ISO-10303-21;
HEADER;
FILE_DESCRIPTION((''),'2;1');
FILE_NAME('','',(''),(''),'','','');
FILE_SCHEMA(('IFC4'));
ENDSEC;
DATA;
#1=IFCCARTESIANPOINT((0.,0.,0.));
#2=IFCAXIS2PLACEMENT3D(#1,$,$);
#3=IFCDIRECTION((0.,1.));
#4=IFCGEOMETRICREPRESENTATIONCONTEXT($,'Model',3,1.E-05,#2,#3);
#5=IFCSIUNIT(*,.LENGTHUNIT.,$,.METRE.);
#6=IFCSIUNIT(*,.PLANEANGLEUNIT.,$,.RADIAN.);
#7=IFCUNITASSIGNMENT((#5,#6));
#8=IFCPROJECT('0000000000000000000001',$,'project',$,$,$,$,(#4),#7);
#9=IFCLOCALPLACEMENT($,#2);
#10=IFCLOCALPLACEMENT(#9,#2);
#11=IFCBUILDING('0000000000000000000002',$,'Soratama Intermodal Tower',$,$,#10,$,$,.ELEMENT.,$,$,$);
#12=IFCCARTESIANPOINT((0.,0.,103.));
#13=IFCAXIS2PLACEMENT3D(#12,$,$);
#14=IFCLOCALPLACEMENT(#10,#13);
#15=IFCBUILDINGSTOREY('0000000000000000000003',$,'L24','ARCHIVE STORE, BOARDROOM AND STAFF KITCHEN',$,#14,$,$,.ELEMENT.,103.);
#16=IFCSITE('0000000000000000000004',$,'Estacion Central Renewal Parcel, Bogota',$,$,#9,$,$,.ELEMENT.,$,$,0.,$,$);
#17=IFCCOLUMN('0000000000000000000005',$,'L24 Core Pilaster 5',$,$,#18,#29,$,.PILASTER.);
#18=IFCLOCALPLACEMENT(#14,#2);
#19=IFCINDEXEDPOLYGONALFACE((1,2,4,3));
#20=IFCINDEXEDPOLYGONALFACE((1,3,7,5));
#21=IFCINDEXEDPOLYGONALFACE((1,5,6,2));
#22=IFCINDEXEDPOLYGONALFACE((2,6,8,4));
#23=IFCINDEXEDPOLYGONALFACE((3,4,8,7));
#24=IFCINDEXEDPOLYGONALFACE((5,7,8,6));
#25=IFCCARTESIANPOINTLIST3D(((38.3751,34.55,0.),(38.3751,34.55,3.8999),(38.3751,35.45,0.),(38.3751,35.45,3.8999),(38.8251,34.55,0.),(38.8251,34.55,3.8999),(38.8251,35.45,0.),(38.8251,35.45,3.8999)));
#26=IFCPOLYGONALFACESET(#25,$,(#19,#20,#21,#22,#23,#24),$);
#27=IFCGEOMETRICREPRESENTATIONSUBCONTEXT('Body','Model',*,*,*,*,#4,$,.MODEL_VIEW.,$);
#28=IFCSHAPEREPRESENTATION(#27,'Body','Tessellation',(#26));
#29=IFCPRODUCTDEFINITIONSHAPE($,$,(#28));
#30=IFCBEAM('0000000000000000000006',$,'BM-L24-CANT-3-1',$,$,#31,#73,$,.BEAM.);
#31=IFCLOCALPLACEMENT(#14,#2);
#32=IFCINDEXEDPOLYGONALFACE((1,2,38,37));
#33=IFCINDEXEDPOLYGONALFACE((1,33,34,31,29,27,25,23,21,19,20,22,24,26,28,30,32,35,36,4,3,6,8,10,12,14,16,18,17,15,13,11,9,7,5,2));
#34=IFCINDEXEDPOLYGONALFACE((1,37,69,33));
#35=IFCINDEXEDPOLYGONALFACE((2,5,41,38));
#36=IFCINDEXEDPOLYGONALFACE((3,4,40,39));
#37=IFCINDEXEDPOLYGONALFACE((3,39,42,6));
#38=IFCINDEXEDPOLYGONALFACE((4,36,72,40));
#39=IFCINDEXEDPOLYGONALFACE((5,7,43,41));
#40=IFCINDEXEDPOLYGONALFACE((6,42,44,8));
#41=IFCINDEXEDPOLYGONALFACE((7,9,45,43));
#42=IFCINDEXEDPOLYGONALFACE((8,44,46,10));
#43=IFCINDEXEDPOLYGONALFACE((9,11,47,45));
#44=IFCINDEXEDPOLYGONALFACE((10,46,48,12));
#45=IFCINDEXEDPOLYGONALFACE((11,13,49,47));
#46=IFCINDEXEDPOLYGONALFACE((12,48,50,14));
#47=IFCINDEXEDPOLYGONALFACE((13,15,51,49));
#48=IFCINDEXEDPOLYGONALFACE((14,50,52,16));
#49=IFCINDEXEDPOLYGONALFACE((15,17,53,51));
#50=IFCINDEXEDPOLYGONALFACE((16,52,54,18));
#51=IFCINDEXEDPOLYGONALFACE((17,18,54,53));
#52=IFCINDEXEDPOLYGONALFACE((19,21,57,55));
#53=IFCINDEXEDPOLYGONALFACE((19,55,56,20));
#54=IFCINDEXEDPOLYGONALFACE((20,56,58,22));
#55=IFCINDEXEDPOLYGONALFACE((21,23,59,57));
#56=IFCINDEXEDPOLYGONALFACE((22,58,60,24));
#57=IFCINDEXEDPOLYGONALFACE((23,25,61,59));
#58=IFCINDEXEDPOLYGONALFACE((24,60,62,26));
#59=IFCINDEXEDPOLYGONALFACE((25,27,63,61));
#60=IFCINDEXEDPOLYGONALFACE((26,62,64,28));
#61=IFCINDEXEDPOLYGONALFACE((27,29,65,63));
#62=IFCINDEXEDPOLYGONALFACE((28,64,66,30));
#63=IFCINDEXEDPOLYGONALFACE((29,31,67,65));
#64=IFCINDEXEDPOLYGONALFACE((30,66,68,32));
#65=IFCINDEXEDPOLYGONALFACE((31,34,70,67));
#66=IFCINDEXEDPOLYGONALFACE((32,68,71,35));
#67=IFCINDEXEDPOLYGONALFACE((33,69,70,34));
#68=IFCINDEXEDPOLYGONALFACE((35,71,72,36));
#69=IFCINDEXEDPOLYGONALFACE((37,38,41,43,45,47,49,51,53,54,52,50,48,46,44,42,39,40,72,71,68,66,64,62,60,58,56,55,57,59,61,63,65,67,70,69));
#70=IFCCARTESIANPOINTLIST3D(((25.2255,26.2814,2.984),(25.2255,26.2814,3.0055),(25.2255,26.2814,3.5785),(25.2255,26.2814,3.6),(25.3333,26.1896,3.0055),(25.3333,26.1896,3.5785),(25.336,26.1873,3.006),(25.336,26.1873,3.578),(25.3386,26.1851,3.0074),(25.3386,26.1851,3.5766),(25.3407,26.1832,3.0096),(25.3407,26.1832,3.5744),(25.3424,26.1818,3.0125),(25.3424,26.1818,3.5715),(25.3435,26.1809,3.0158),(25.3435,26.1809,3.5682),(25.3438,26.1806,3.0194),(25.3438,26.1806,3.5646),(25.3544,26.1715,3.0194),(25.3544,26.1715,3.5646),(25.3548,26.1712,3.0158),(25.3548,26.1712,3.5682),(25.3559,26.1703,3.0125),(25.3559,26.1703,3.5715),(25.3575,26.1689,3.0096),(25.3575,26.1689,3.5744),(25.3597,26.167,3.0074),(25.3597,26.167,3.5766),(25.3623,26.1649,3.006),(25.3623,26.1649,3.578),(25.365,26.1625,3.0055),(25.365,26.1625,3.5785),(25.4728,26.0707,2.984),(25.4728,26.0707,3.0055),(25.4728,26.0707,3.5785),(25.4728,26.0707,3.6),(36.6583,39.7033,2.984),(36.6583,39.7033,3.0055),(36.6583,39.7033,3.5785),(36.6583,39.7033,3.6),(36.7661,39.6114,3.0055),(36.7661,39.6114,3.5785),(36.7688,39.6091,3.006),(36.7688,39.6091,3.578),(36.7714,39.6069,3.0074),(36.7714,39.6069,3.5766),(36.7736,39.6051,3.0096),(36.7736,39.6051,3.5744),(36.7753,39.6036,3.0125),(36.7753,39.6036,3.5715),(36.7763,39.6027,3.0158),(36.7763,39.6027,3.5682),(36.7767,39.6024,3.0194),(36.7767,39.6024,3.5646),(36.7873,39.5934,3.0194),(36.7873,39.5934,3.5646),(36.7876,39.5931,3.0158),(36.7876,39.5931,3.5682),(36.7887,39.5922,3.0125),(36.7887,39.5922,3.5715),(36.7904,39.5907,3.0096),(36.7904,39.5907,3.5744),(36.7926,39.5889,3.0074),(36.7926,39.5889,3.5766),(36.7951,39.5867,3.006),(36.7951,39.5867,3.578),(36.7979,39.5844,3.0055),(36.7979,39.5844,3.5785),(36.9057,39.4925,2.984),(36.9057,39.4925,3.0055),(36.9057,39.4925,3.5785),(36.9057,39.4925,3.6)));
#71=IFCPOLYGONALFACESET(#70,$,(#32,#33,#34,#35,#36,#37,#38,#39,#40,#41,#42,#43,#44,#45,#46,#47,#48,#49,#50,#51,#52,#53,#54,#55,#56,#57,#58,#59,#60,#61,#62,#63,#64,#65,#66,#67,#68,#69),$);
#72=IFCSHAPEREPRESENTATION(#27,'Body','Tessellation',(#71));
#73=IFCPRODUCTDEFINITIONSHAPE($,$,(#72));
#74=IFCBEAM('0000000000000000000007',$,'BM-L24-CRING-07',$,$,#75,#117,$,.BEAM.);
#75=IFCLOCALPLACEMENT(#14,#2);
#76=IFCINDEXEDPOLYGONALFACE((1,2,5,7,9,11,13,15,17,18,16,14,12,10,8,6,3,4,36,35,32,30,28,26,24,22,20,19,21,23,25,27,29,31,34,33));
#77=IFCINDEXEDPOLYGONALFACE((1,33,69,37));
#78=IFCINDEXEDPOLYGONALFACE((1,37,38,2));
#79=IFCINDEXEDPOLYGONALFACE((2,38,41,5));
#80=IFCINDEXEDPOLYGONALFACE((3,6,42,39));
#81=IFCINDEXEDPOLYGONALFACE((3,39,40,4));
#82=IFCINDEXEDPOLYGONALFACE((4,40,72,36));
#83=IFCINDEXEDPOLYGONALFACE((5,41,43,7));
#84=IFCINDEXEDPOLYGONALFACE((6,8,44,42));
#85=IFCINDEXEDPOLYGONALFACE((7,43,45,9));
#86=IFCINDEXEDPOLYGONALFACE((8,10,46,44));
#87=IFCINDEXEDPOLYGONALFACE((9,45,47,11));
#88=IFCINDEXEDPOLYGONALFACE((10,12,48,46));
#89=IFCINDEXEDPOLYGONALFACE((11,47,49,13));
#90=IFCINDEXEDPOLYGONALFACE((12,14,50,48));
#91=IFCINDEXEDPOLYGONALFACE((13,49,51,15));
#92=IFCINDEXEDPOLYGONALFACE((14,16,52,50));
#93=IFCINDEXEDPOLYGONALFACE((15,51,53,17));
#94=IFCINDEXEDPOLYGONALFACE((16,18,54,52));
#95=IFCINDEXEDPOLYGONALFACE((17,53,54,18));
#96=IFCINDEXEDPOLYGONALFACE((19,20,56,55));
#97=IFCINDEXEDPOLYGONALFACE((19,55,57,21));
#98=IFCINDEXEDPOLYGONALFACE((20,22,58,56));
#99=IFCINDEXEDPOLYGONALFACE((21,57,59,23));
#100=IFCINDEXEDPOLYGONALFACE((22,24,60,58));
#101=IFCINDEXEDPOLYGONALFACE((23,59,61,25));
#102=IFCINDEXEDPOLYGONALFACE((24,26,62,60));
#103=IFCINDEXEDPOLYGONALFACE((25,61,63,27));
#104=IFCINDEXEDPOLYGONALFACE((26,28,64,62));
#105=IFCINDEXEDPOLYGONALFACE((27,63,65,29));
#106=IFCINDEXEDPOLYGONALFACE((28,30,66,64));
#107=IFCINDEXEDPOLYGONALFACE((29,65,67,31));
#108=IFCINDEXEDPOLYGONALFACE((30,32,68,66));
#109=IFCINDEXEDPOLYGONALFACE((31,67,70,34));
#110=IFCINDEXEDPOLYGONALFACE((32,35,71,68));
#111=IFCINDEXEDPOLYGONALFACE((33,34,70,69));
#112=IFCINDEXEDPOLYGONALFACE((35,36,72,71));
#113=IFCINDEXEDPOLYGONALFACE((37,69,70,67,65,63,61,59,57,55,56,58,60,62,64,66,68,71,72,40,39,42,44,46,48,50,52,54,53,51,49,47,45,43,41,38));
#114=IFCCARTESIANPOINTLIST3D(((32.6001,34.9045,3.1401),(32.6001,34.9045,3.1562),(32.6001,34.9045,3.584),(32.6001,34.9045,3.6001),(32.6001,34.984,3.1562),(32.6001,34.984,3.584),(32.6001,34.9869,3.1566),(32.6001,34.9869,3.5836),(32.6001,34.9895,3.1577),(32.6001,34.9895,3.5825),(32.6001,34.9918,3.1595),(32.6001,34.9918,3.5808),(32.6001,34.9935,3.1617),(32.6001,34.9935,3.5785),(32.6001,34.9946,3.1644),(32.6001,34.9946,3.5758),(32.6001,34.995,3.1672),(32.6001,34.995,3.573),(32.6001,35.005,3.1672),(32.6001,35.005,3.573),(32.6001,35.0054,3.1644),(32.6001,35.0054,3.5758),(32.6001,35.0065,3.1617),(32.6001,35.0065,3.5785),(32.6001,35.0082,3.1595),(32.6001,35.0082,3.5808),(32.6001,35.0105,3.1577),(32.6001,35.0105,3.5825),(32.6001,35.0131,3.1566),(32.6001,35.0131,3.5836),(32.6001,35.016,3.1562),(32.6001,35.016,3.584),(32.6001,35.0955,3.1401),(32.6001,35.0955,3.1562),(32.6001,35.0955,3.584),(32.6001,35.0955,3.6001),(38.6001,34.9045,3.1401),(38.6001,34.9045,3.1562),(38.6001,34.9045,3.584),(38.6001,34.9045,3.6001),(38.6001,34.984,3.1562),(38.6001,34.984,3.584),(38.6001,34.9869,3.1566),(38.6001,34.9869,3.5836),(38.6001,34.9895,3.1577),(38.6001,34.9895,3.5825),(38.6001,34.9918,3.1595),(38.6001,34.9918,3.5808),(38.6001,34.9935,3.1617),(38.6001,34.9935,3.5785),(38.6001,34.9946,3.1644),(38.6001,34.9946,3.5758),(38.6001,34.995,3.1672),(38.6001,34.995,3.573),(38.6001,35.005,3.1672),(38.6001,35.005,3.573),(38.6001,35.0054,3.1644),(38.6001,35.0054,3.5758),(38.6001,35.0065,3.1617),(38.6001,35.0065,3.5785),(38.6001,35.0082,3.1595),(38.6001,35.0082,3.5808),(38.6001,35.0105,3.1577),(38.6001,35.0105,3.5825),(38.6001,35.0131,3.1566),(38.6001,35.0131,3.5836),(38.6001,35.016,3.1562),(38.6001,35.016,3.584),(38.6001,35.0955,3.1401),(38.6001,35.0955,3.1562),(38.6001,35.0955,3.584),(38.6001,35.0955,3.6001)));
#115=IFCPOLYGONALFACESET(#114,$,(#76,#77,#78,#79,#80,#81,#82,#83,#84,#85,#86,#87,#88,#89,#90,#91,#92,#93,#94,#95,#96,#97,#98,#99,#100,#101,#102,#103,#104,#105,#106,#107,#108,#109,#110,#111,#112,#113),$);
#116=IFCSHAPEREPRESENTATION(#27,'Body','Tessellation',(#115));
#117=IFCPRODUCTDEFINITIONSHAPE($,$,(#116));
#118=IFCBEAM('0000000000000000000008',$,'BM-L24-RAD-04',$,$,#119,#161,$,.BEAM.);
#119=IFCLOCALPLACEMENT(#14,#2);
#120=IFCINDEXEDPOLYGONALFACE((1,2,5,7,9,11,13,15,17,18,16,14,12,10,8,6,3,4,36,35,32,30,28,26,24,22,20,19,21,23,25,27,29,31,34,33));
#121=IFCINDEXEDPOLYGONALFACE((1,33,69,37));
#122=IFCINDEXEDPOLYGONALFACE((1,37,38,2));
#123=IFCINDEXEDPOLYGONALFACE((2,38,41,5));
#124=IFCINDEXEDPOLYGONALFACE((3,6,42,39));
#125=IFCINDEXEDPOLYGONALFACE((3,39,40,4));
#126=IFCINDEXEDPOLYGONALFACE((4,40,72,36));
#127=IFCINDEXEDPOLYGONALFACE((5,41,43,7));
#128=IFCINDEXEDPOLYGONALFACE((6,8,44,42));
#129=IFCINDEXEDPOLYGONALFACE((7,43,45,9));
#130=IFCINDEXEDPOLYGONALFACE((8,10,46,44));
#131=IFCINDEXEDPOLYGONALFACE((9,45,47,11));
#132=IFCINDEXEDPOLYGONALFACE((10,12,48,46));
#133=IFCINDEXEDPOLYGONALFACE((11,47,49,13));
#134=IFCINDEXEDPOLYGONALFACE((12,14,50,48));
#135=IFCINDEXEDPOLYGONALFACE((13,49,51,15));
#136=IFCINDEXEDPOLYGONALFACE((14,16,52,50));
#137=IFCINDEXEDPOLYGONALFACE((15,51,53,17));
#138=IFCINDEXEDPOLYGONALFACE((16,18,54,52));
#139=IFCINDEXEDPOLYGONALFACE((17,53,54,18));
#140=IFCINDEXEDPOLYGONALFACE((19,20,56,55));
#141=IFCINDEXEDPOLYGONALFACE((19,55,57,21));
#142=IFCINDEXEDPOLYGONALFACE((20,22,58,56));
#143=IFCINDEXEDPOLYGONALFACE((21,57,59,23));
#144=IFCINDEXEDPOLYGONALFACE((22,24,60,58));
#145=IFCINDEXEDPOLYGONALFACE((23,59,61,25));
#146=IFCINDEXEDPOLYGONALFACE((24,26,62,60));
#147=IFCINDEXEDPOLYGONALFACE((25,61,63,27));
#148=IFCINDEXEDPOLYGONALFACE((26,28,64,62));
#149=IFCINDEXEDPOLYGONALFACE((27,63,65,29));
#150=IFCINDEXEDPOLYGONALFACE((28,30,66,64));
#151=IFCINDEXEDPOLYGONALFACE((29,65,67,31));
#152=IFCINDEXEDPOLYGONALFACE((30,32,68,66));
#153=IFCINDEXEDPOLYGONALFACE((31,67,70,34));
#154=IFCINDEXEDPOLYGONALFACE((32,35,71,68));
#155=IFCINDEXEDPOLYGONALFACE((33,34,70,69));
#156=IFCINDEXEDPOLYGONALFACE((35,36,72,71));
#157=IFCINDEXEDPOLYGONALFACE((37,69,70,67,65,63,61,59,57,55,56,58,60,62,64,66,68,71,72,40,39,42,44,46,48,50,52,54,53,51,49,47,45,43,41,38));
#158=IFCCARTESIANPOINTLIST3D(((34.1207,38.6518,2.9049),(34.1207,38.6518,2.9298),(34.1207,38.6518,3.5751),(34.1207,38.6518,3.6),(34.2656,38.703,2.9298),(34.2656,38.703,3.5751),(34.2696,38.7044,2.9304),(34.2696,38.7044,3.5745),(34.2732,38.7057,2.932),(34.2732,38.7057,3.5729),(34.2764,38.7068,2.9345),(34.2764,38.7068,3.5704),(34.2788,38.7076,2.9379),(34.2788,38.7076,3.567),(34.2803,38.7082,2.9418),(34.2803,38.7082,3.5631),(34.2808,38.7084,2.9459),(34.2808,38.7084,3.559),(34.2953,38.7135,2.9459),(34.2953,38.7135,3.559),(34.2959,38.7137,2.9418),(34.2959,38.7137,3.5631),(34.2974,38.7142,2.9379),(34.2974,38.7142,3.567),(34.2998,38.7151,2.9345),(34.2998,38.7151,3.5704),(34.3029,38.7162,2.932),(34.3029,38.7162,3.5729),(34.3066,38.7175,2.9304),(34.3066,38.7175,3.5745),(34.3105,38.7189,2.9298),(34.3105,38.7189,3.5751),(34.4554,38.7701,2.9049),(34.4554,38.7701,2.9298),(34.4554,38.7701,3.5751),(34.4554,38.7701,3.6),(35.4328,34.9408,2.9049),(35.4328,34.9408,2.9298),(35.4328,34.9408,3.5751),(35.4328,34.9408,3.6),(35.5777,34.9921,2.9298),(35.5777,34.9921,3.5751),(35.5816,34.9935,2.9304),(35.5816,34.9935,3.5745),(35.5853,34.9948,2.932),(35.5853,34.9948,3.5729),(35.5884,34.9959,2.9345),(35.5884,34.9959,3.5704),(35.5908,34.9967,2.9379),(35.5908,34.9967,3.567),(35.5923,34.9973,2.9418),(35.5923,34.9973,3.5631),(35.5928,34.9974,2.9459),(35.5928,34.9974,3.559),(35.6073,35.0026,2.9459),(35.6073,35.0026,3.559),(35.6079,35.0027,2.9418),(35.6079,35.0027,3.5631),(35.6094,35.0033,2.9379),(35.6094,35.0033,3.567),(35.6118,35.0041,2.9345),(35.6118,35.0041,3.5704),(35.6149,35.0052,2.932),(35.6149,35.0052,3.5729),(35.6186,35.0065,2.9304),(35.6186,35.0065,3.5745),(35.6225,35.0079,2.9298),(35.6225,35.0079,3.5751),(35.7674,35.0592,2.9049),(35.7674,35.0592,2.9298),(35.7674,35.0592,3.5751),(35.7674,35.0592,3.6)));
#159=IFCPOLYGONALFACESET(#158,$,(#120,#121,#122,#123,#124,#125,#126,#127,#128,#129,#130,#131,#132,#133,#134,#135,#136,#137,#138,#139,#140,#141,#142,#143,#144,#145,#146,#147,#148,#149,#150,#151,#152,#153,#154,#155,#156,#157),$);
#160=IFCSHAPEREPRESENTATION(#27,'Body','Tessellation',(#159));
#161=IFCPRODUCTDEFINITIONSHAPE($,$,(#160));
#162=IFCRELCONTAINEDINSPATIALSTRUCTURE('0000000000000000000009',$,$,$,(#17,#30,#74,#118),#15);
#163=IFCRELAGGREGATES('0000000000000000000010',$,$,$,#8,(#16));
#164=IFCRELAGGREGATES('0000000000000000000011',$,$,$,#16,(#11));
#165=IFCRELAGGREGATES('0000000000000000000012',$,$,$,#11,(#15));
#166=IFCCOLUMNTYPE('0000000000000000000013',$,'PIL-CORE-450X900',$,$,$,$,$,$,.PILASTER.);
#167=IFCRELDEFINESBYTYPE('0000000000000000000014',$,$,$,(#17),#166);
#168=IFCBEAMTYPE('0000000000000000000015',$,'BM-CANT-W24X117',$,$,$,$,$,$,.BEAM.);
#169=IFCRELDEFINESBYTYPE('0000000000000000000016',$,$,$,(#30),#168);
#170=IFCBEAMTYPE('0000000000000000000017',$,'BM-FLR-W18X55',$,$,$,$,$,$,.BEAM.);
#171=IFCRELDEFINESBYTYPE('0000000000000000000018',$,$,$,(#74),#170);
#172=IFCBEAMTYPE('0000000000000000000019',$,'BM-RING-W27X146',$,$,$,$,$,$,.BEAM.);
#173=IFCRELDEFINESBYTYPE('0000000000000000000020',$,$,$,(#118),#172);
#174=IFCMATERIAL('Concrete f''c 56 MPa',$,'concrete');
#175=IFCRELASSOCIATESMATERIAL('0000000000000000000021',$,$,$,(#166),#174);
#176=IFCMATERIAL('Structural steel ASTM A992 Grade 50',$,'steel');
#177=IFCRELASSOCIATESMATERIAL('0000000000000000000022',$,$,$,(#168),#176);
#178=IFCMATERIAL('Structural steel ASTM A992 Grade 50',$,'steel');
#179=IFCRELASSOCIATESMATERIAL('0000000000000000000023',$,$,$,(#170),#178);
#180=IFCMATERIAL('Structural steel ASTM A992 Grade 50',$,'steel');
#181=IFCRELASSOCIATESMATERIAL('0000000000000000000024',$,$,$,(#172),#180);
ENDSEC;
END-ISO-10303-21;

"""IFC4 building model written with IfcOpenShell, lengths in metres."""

from ifc_helpers import new_model, si_unit, direction, frame, origin, origin_2d, place, context, subcontext, project, spatial, rectangle, i_section, extrude, material, material_profile, profile_set, type_object, element, save


model = new_model("IFC4")

# Units and contexts
model_context = context("Model", 3, precision=1e-05, world=origin(), true_north=direction((0.0, 1.0)))
body_context = subcontext(model_context, "Body", "Model", "MODEL_VIEW")
ifc_project = project(units=[si_unit("LENGTHUNIT", "METRE"), si_unit("PLANEANGLEUNIT", "RADIAN")], contexts=[model_context])

# Site, building, storey
site_placement = place(None, origin())
site = spatial("IfcSite", under=ifc_project, at=site_placement, Name="Estacion Central Renewal Parcel, Bogota", CompositionType="ELEMENT", RefElevation=0.0)
building_placement = place(site_placement, origin())
building = spatial("IfcBuilding", under=site, at=building_placement, Name="Soratama Intermodal Tower", CompositionType="ELEMENT")
storey_placement = place(building_placement, frame((0.0, 0.0, 103.0)))
storey = spatial("IfcBuildingStorey", under=building, at=storey_placement, Name="L24", Description="ARCHIVE STORE, BOARDROOM AND STAFF KITCHEN", CompositionType="ELEMENT", Elevation=103.0)

# Column
ifc_material_1 = material(Name="Concrete f'c 56 MPa", Category="concrete")
ifc_material_profile_1 = material_profile(ifc_material_1, rectangle(XDim=0.45, YDim=0.8999, at=origin_2d()), Name="RC450X900")
ifc_profile_set_1 = profile_set([ifc_material_profile_1], Name="Concrete f'c 56 MPa")
column_type = type_object("IfcColumnType", Name="PIL-CORE-450X900", PredefinedType="PILASTER", material=ifc_profile_set_1)
column_placement = place(storey_placement, frame((38.6001, 35.0, 0.0), z_axis=(0.0, 0.0, 1.0), x_axis=(1.0, 0.0, 0.0)))
element("IfcColumn", 1, at=column_placement, inside=storey, type_object=column_type, Name="L24 Core Pilaster 5", PredefinedType="PILASTER", context=body_context, shape_type="SweptSolid", body=[
    extrude(rectangle(XDim=0.45, YDim=0.8999, at=origin_2d()), origin(), (0.0, 0.0, 1.0), 3.8999),
])

# Beams
ifc_material_2 = material(Name="Structural steel ASTM A992 Grade 50", Category="steel")
ifc_material_profile_2 = material_profile(ifc_material_2, i_section(OverallWidth=0.325, OverallDepth=0.616, WebThickness=0.0139, FlangeThickness=0.0215, FilletRadius=0.0139, at=origin_2d()), Name="W24X117")
ifc_profile_set_2 = profile_set([ifc_material_profile_2], Name="Structural steel ASTM A992 Grade 50")
beam_type_1 = type_object("IfcBeamType", Name="BM-CANT-W24X117", PredefinedType="BEAM", material=ifc_profile_set_2)
beam_1_placement = place(storey_placement, frame((36.782, 39.5979, 3.292), z_axis=(-0.648447, -0.76126, 0.0), x_axis=(0.76126, -0.648447, 0.0)))
element("IfcBeam", 2, at=beam_1_placement, inside=storey, type_object=beam_type_1, Name="BM-L24-CANT-3-1", PredefinedType="BEAM", context=body_context, shape_type="SweptSolid", body=[
    extrude(i_section(OverallWidth=0.325, OverallDepth=0.616, WebThickness=0.0139, FlangeThickness=0.0215, FilletRadius=0.0139, at=origin_2d()), origin(), (0.0, 0.0, 1.0), 17.6311),
])
ifc_material_3 = material(Name="Structural steel ASTM A992 Grade 50", Category="steel")
ifc_material_profile_3 = material_profile(ifc_material_3, i_section(OverallWidth=0.1909, OverallDepth=0.46, WebThickness=0.01, FlangeThickness=0.0161, FilletRadius=0.011, at=origin_2d()), Name="W18X55")
ifc_profile_set_3 = profile_set([ifc_material_profile_3], Name="Structural steel ASTM A992 Grade 50")
beam_type_2 = type_object("IfcBeamType", Name="BM-FLR-W18X55", PredefinedType="BEAM", material=ifc_profile_set_3)
beam_2_placement = place(storey_placement, frame((38.6001, 35.0, 3.3701), z_axis=(-1.0, 0.0, 0.0), x_axis=(0.0, -1.0, 0.0)))
element("IfcBeam", 3, at=beam_2_placement, inside=storey, type_object=beam_type_2, Name="BM-L24-CRING-07", PredefinedType="BEAM", context=body_context, shape_type="SweptSolid", body=[
    extrude(i_section(OverallWidth=0.1909, OverallDepth=0.46, WebThickness=0.01, FlangeThickness=0.0161, FilletRadius=0.011, at=origin_2d()), origin(), (0.0, 0.0, 1.0), 6.0),
])
ifc_material_4 = material(Name="Structural steel ASTM A992 Grade 50", Category="steel")
ifc_material_profile_4 = material_profile(ifc_material_4, i_section(OverallWidth=0.355, OverallDepth=0.6951, WebThickness=0.0154, FlangeThickness=0.0249, FilletRadius=0.0161, at=origin_2d()), Name="W27X146")
ifc_profile_set_4 = profile_set([ifc_material_profile_4], Name="Structural steel ASTM A992 Grade 50")
beam_type_3 = type_object("IfcBeamType", Name="BM-RING-W27X146", PredefinedType="BEAM", material=ifc_profile_set_4)
beam_3_placement = place(storey_placement, frame((35.6001, 35.0, 3.2524), z_axis=(-0.333333, 0.942809, 0.0), x_axis=(-0.942809, -0.333333, 0.0)))
element("IfcBeam", 4, at=beam_3_placement, inside=storey, type_object=beam_type_3, Name="BM-L24-RAD-04", PredefinedType="BEAM", context=body_context, shape_type="SweptSolid", body=[
    extrude(i_section(OverallWidth=0.355, OverallDepth=0.6951, WebThickness=0.0154, FlangeThickness=0.0249, FilletRadius=0.0161, at=origin_2d()), origin(), (0.0, 0.0, 1.0), 3.936),
])

save(model, "model.ifc")
